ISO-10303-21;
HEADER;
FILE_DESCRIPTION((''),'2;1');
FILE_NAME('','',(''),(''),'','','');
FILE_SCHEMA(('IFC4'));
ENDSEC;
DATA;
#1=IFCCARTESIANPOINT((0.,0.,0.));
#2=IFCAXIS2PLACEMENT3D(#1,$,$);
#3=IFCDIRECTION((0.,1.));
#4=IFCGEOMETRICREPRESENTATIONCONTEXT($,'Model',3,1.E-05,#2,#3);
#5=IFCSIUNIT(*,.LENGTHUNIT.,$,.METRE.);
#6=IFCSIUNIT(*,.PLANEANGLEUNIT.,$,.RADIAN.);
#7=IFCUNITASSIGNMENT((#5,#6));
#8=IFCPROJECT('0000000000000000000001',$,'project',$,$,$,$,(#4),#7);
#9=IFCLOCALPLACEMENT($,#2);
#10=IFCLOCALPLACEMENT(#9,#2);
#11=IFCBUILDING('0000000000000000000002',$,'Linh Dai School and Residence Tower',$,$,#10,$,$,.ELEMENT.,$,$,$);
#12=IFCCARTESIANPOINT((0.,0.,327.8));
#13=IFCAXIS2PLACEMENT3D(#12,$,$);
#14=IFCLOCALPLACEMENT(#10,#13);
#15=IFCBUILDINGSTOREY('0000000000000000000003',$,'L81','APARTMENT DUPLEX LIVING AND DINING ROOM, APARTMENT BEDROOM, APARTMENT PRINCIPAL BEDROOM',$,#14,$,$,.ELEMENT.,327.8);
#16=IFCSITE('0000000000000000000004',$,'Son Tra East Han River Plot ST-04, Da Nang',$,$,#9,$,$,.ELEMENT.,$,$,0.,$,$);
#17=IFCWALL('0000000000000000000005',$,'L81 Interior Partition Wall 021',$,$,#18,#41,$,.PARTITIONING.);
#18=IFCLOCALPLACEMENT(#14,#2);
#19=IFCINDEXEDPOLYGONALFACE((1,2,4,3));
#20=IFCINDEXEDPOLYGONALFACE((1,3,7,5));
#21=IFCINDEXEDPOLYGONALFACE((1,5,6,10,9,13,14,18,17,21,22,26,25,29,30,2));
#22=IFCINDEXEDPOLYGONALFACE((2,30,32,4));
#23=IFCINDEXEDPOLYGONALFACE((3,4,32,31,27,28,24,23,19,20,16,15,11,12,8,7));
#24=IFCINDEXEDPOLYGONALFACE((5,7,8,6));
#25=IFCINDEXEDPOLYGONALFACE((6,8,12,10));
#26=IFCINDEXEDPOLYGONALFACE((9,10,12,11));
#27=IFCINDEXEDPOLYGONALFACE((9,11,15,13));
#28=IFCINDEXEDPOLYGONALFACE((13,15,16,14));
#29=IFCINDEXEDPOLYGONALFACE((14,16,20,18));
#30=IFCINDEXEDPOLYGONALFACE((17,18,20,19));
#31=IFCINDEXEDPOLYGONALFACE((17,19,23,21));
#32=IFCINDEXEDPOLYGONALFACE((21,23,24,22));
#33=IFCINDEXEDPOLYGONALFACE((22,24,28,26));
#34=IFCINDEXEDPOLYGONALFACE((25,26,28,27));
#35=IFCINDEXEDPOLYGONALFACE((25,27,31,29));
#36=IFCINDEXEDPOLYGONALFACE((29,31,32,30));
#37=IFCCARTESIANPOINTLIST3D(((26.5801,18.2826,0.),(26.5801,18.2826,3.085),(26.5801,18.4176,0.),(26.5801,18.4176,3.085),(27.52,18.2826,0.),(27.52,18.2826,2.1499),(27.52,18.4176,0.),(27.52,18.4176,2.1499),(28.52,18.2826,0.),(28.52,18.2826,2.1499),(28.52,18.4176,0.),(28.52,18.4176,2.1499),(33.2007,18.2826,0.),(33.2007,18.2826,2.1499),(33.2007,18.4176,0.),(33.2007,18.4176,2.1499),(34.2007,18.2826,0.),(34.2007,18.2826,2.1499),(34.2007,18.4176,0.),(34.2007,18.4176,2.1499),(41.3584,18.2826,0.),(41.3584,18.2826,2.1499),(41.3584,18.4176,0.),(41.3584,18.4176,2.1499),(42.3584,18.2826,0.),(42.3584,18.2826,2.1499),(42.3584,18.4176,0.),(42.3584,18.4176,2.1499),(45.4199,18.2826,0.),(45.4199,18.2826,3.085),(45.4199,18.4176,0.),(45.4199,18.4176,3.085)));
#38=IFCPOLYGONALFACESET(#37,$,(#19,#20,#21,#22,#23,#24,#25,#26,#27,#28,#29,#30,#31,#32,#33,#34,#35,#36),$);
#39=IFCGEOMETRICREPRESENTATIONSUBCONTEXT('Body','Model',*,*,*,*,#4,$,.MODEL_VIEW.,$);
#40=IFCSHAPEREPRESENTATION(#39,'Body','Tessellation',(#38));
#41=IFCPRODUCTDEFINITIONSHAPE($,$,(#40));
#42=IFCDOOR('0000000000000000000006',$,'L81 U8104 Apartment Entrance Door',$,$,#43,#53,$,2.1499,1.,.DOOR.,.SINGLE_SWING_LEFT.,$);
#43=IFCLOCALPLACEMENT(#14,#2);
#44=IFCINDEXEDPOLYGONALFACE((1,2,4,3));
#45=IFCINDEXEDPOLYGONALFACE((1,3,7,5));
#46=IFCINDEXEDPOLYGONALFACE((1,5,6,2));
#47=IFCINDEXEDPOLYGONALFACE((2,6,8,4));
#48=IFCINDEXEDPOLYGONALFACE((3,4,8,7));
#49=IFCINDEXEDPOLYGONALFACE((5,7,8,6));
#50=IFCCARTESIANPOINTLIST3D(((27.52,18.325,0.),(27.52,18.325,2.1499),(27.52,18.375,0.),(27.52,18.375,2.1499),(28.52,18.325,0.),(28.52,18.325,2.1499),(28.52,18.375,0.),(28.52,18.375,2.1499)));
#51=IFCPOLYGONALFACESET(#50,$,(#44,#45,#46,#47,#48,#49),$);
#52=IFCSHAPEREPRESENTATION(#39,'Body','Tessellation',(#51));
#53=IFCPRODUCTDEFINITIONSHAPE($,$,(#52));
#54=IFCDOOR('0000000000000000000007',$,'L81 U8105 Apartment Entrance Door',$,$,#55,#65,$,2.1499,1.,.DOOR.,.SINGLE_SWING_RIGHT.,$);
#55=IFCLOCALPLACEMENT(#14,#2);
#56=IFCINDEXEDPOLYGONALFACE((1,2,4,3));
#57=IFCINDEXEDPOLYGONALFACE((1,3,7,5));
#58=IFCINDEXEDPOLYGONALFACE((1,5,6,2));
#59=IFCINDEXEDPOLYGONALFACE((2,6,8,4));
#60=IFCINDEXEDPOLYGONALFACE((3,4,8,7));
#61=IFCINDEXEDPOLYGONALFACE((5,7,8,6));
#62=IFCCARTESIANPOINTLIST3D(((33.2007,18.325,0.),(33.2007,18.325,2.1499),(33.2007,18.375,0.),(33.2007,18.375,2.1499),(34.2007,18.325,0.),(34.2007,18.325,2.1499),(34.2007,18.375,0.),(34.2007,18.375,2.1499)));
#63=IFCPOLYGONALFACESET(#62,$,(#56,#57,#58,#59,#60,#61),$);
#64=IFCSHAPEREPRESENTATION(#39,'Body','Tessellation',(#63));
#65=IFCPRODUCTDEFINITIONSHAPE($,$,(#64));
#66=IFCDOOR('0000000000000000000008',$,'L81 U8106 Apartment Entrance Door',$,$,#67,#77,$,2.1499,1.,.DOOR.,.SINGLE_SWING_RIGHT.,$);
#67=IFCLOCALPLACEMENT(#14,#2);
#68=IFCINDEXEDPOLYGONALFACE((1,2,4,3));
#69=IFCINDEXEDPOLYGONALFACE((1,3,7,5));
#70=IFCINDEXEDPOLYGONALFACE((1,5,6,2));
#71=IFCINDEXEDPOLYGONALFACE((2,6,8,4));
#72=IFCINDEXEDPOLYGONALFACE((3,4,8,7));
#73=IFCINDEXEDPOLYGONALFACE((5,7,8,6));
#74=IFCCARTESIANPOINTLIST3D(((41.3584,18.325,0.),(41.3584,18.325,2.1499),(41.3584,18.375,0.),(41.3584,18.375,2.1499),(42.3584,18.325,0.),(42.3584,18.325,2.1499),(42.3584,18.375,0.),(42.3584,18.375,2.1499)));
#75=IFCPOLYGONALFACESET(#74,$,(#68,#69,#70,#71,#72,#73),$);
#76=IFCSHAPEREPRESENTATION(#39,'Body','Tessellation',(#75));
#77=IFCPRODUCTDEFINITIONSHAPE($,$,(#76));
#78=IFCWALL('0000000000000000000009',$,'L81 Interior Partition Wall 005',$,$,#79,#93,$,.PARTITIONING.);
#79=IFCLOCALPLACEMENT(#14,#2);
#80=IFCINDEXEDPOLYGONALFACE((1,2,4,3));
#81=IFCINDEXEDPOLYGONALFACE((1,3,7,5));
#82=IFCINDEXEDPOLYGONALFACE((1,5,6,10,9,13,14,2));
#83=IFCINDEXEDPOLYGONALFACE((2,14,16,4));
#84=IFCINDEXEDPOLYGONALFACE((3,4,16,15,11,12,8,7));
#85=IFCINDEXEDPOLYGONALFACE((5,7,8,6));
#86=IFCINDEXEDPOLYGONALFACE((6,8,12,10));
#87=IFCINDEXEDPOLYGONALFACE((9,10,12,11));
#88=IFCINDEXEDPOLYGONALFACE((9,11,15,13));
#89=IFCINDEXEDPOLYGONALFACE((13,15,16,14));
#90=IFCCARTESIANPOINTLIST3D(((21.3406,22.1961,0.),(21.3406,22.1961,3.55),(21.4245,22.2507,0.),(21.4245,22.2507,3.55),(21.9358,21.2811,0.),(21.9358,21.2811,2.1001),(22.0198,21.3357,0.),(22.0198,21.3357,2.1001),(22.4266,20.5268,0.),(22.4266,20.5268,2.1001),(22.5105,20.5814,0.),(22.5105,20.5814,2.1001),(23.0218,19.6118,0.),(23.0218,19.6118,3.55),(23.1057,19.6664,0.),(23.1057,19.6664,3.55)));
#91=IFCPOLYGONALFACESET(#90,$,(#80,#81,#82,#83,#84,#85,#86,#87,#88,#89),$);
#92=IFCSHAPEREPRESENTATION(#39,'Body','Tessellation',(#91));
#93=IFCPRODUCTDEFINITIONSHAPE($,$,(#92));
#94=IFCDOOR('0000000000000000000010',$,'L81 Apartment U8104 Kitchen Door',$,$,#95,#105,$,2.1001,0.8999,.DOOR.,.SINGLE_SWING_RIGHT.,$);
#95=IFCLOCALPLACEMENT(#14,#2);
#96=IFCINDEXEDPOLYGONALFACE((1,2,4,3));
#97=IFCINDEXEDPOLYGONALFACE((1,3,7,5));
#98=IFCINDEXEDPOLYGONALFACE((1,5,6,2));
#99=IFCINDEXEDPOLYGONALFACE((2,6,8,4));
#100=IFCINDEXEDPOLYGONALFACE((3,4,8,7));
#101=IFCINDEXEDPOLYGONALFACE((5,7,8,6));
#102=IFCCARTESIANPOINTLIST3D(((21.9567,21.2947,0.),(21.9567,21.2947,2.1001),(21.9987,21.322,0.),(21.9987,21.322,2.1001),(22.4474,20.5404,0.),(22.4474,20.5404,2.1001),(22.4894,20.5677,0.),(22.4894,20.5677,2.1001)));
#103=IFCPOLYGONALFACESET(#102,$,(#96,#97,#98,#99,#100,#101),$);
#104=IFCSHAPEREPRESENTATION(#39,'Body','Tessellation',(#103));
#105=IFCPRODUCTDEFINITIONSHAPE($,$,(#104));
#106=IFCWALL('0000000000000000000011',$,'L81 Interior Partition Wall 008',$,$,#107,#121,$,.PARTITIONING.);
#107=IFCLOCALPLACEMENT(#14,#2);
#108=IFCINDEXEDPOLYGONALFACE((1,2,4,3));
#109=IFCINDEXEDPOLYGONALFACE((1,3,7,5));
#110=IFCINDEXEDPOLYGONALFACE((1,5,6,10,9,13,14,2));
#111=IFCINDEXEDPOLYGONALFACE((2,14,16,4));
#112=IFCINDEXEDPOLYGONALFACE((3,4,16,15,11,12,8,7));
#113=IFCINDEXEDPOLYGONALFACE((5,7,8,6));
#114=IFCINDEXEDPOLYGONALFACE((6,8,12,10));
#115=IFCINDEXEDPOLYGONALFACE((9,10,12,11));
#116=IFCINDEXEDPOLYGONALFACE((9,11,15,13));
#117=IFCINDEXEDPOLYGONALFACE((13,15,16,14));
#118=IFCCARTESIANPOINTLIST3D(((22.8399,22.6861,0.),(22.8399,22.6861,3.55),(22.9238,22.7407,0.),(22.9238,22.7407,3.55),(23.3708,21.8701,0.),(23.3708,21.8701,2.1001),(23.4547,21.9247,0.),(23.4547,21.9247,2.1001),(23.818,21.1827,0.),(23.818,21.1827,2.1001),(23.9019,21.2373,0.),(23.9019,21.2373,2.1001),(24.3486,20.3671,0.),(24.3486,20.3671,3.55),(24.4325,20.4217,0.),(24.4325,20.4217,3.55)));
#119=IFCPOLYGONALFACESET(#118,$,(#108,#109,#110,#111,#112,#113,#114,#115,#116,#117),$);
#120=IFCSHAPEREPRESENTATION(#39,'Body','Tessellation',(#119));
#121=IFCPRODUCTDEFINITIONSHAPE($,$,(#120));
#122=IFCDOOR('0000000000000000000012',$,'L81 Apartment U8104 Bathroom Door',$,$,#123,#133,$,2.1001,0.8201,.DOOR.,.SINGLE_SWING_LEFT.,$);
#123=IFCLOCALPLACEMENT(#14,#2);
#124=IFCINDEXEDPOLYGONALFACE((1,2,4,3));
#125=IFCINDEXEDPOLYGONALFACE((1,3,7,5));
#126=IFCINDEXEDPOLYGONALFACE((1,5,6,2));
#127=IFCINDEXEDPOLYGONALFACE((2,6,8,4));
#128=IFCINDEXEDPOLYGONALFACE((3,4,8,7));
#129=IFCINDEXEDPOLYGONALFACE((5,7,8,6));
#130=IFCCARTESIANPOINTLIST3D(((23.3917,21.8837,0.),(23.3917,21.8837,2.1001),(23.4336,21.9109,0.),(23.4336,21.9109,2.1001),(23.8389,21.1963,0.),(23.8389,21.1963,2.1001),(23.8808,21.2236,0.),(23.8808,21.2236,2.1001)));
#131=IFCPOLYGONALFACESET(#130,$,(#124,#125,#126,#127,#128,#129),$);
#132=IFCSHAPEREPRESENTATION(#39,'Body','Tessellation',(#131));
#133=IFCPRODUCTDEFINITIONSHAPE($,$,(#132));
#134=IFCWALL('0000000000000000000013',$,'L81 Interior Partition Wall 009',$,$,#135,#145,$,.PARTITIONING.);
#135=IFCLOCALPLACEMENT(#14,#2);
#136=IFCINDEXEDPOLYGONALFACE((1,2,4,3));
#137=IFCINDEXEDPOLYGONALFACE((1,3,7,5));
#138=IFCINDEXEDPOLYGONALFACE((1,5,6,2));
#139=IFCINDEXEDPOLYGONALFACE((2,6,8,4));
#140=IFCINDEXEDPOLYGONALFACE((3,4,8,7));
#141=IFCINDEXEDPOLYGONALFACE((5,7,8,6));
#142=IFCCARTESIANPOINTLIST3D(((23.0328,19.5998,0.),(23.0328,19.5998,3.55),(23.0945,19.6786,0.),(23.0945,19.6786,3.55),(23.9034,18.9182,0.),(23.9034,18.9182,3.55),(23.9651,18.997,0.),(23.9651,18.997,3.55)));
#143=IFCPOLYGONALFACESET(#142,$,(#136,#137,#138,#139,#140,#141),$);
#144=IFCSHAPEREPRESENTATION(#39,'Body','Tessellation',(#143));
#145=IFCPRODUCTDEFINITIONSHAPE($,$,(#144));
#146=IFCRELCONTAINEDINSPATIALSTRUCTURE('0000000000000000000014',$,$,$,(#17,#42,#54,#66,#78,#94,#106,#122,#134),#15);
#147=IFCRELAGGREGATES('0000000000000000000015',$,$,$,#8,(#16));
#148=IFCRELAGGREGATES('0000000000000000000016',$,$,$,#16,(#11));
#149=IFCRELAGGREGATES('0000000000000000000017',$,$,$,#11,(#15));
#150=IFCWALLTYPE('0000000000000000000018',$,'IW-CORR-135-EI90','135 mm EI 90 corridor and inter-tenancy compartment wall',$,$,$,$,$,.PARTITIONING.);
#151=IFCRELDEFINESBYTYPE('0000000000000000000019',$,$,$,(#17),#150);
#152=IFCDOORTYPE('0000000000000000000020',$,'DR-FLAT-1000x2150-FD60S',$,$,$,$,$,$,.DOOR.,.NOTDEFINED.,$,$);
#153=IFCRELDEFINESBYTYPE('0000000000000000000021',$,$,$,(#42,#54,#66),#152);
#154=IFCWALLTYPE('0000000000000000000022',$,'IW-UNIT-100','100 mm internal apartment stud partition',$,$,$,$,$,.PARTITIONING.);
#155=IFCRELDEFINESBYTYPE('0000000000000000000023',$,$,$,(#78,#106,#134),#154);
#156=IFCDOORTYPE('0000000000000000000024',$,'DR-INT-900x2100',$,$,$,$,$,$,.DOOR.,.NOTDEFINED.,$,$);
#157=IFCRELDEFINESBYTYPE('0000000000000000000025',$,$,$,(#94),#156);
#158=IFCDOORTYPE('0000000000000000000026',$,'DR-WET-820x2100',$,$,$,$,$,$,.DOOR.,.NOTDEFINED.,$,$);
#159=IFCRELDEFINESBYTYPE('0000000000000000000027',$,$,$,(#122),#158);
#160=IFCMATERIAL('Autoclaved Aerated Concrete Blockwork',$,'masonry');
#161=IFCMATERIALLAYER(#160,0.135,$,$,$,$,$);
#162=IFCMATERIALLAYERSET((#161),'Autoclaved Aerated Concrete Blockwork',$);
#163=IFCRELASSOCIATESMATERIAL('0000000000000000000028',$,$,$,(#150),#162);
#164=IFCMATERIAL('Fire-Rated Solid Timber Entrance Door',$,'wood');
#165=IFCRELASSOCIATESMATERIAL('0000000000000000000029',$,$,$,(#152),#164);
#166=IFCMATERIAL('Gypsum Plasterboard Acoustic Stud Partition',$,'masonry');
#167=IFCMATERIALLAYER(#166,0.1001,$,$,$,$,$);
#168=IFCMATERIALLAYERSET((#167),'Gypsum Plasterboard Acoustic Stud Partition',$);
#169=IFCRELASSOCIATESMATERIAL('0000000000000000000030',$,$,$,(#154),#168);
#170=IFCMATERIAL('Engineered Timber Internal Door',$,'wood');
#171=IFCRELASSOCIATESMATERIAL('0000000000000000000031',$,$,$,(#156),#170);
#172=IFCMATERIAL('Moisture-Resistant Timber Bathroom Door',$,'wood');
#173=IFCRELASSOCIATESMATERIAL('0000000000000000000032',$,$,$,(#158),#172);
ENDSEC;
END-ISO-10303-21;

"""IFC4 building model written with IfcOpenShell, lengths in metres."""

from ifc_helpers import new_model, si_unit, direction, frame, frame_2d, origin, origin_2d, place, context, subcontext, project, spatial, rectangle, extrude, source, transform, mapped, material, layer, layer_set, type_object, element, fill, save


model = new_model("IFC4")

# Units and contexts
model_context = context("Model", 3, precision=1e-05, world=origin(), true_north=direction((0.0, 1.0)))
body_context = subcontext(model_context, "Body", "Model", "MODEL_VIEW")
ifc_project = project(units=[si_unit("LENGTHUNIT", "METRE"), si_unit("PLANEANGLEUNIT", "RADIAN")], contexts=[model_context])

# Site, building, storey
site_placement = place(None, origin())
site = spatial("IfcSite", under=ifc_project, at=site_placement, Name="Son Tra East Han River Plot ST-04, Da Nang", CompositionType="ELEMENT", RefElevation=0.0)
building_placement = place(site_placement, origin())
building = spatial("IfcBuilding", under=site, at=building_placement, Name="Linh Dai School and Residence Tower", CompositionType="ELEMENT")
storey_placement = place(building_placement, frame((0.0, 0.0, 327.8)))
storey = spatial("IfcBuildingStorey", under=building, at=storey_placement, Name="L81", Description="APARTMENT DUPLEX LIVING AND DINING ROOM, APARTMENT BEDROOM, APARTMENT PRINCIPAL BEDROOM", CompositionType="ELEMENT", Elevation=327.8)

# Shared definitions
ifc_material_1 = material(Name="Autoclaved Aerated Concrete Blockwork", Category="masonry")
ifc_layer_1 = layer(ifc_material_1, 0.135)
ifc_layer_set_1 = layer_set([ifc_layer_1], Name="Autoclaved Aerated Concrete Blockwork")
wall_type_1 = type_object("IfcWallType", Name="IW-CORR-135-EI90", Description="135 mm EI 90 corridor and inter-tenancy compartment wall", PredefinedType="PARTITIONING", material=ifc_layer_set_1)

# Wall, openings, doors
wall_1_placement = place(storey_placement, frame((26.5801, 18.3501, 0.0), z_axis=(0.0, 0.0, 1.0), x_axis=(1.0, 0.0, 0.0)))
wall_1 = element("IfcWall", 1, at=wall_1_placement, inside=storey, type_object=wall_type_1, Name="L81 Interior Partition Wall 021", PredefinedType="PARTITIONING", context=body_context, shape_type="SweptSolid", body=[
    extrude(rectangle(XDim=18.8398, YDim=0.135, at=frame_2d((9.4199, 0.0))), origin(), (0.0, 0.0, 1.0), 3.085),
])
opening_1_placement = place(wall_1_placement, frame((0.9399, 0.0, 0.0)))
opening_1 = element("IfcOpeningElement", 2, at=opening_1_placement, cuts=wall_1, PredefinedType="OPENING", context=body_context, shape_type="SweptSolid", body=[
    extrude(rectangle(XDim=1.0, YDim=2.1499, at=origin_2d()), frame((0.5, 0.0776, 1.075), z_axis=(0.0, -1.0, 0.0), x_axis=(1.0, 0.0, 0.0)), (0.0, 0.0, 1.0), 0.155),
])
opening_2_placement = place(wall_1_placement, frame((6.6206, 0.0, 0.0)))
opening_2 = element("IfcOpeningElement", 3, at=opening_2_placement, cuts=wall_1, PredefinedType="OPENING", context=body_context, shape_type="SweptSolid", body=[
    extrude(rectangle(XDim=1.0, YDim=2.1499, at=origin_2d()), frame((0.5, 0.0776, 1.075), z_axis=(0.0, -1.0, 0.0), x_axis=(1.0, 0.0, 0.0)), (0.0, 0.0, 1.0), 0.155),
])
opening_3_placement = place(wall_1_placement, frame((14.7783, 0.0, 0.0)))
opening_3 = element("IfcOpeningElement", 4, at=opening_3_placement, cuts=wall_1, PredefinedType="OPENING", context=body_context, shape_type="SweptSolid", body=[
    extrude(rectangle(XDim=1.0, YDim=2.1499, at=origin_2d()), frame((0.5, 0.0776, 1.075), z_axis=(0.0, -1.0, 0.0), x_axis=(1.0, 0.0, 0.0)), (0.0, 0.0, 1.0), 0.155),
])
ifc_material_2 = material(Name="Fire-Rated Solid Timber Entrance Door", Category="wood")
door_type_1 = type_object("IfcDoorType", Name="DR-FLAT-1000x2150-FD60S", OperationType="NOTDEFINED", PredefinedType="DOOR", material=ifc_material_2)
shared_shape_1 = source(origin(), body_context, "Body", "SweptSolid", [
    extrude(rectangle(XDim=1.0, YDim=2.1499, at=origin_2d()), frame((0.5, 0.0249, 1.075), z_axis=(0.0, -1.0, 0.0), x_axis=(1.0, 0.0, 0.0)), (0.0, 0.0, 1.0), 0.05),
])
door_1_placement = place(opening_1_placement, origin())
door_1 = element("IfcDoor", 5, at=door_1_placement, inside=storey, type_object=door_type_1, Name="L81 U8104 Apartment Entrance Door", OperationType="SINGLE_SWING_LEFT", OverallHeight=2.1499, OverallWidth=1.0, PredefinedType="DOOR", context=body_context, shape_type="MappedRepresentation", body=[
    mapped(shared_shape_1, transform((0.0, 0.0, 0.0), x_axis=(1.0, 0.0, 0.0), y_axis=(0.0, 1.0, 0.0), z_axis=(0.0, 0.0, 1.0), scale=1.0)),
])
fill(opening_1, door_1)
door_2_placement = place(opening_2_placement, origin())
door_2 = element("IfcDoor", 6, at=door_2_placement, inside=storey, type_object=door_type_1, Name="L81 U8105 Apartment Entrance Door", OperationType="SINGLE_SWING_RIGHT", OverallHeight=2.1499, OverallWidth=1.0, PredefinedType="DOOR", context=body_context, shape_type="MappedRepresentation", body=[
    mapped(shared_shape_1, transform((0.0, 0.0, 0.0), x_axis=(1.0, 0.0, 0.0), y_axis=(0.0, 1.0, 0.0), z_axis=(0.0, 0.0, 1.0), scale=1.0)),
])
fill(opening_2, door_2)
door_3_placement = place(opening_3_placement, origin())
door_3 = element("IfcDoor", 7, at=door_3_placement, inside=storey, type_object=door_type_1, Name="L81 U8106 Apartment Entrance Door", OperationType="SINGLE_SWING_RIGHT", OverallHeight=2.1499, OverallWidth=1.0, PredefinedType="DOOR", context=body_context, shape_type="MappedRepresentation", body=[
    mapped(shared_shape_1, transform((0.0, 0.0, 0.0), x_axis=(1.0, 0.0, 0.0), y_axis=(0.0, 1.0, 0.0), z_axis=(0.0, 0.0, 1.0), scale=1.0)),
])
fill(opening_3, door_3)

# Walls, openings, doors
ifc_material_3 = material(Name="Gypsum Plasterboard Acoustic Stud Partition", Category="masonry")
ifc_layer_2 = layer(ifc_material_3, 0.1001)
ifc_layer_set_2 = layer_set([ifc_layer_2], Name="Gypsum Plasterboard Acoustic Stud Partition")
wall_type_2 = type_object("IfcWallType", Name="IW-UNIT-100", Description="100 mm internal apartment stud partition", PredefinedType="PARTITIONING", material=ifc_layer_set_2)
wall_2_placement = place(storey_placement, frame((21.3826, 22.2234, 0.0), z_axis=(0.0, 0.0, 1.0), x_axis=(0.545308, -0.838235, 0.0)))
wall_2 = element("IfcWall", 8, at=wall_2_placement, inside=storey, type_object=wall_type_2, Name="L81 Interior Partition Wall 005", PredefinedType="PARTITIONING", context=body_context, shape_type="SweptSolid", body=[
    extrude(rectangle(XDim=3.083, YDim=0.1001, at=frame_2d((1.5415, 0.0))), origin(), (0.0, 0.0, 1.0), 3.55),
])
opening_4_placement = place(wall_2_placement, frame((1.0916, 0.0, 0.0)))
opening_4 = element("IfcOpeningElement", 9, at=opening_4_placement, cuts=wall_2, PredefinedType="OPENING", context=body_context, shape_type="SweptSolid", body=[
    extrude(rectangle(XDim=0.8999, YDim=2.1001, at=origin_2d()), frame((0.45, 0.0601, 1.05), z_axis=(0.0, -1.0, 0.0), x_axis=(1.0, 0.0, 0.0)), (0.0, 0.0, 1.0), 0.1201),
])
ifc_material_4 = material(Name="Engineered Timber Internal Door", Category="wood")
door_type_2 = type_object("IfcDoorType", Name="DR-INT-900x2100", OperationType="NOTDEFINED", PredefinedType="DOOR", material=ifc_material_4)
shared_shape_2 = source(origin(), body_context, "Body", "SweptSolid", [
    extrude(rectangle(XDim=0.8999, YDim=2.1001, at=origin_2d()), frame((0.45, 0.0249, 1.05), z_axis=(0.0, -1.0, 0.0), x_axis=(1.0, 0.0, 0.0)), (0.0, 0.0, 1.0), 0.05),
])
door_4_placement = place(opening_4_placement, origin())
door_4 = element("IfcDoor", 10, at=door_4_placement, inside=storey, type_object=door_type_2, Name="L81 Apartment U8104 Kitchen Door", OperationType="SINGLE_SWING_RIGHT", OverallHeight=2.1001, OverallWidth=0.8999, PredefinedType="DOOR", context=body_context, shape_type="MappedRepresentation", body=[
    mapped(shared_shape_2, transform((0.0, 0.0, 0.0), x_axis=(1.0, 0.0, 0.0), y_axis=(0.0, 1.0, 0.0), z_axis=(0.0, 0.0, 1.0), scale=1.0)),
])
fill(opening_4, door_4)
wall_3_placement = place(storey_placement, frame((22.8818, 22.7134, 0.0), z_axis=(0.0, 0.0, 1.0), x_axis=(0.545339, -0.838216, 0.0)))
wall_3 = element("IfcWall", 11, at=wall_3_placement, inside=storey, type_object=wall_type_2, Name="L81 Interior Partition Wall 008", PredefinedType="PARTITIONING", context=body_context, shape_type="SweptSolid", body=[
    extrude(rectangle(XDim=2.7666, YDim=0.1001, at=frame_2d((1.3833, 0.0))), origin(), (0.0, 0.0, 1.0), 3.55),
])
opening_5_placement = place(wall_3_placement, frame((0.9734, 0.0, 0.0)))
opening_5 = element("IfcOpeningElement", 12, at=opening_5_placement, cuts=wall_3, PredefinedType="OPENING", context=body_context, shape_type="SweptSolid", body=[
    extrude(rectangle(XDim=0.8201, YDim=2.1001, at=origin_2d()), frame((0.4102, 0.0601, 1.05), z_axis=(0.0, -1.0, 0.0), x_axis=(1.0, 0.0, 0.0)), (0.0, 0.0, 1.0), 0.1201),
])
ifc_material_5 = material(Name="Moisture-Resistant Timber Bathroom Door", Category="wood")
door_type_3 = type_object("IfcDoorType", Name="DR-WET-820x2100", OperationType="NOTDEFINED", PredefinedType="DOOR", material=ifc_material_5)
shared_shape_3 = source(origin(), body_context, "Body", "SweptSolid", [
    extrude(rectangle(XDim=0.8201, YDim=2.1001, at=origin_2d()), frame((0.4102, 0.0249, 1.05), z_axis=(0.0, -1.0, 0.0), x_axis=(1.0, 0.0, 0.0)), (0.0, 0.0, 1.0), 0.05),
])
door_5_placement = place(opening_5_placement, origin())
door_5 = element("IfcDoor", 13, at=door_5_placement, inside=storey, type_object=door_type_3, Name="L81 Apartment U8104 Bathroom Door", OperationType="SINGLE_SWING_LEFT", OverallHeight=2.1001, OverallWidth=0.8201, PredefinedType="DOOR", context=body_context, shape_type="MappedRepresentation", body=[
    mapped(shared_shape_3, transform((0.0, 0.0, 0.0), x_axis=(1.0, 0.0, 0.0), y_axis=(0.0, 1.0, 0.0), z_axis=(0.0, 0.0, 1.0), scale=1.0)),
])
fill(opening_5, door_5)

# Wall
wall_4_placement = place(storey_placement, frame((23.0637, 19.6392, 0.0), z_axis=(0.0, 0.0, 1.0), x_axis=(0.787375, -0.616475, 0.0)))
element("IfcWall", 14, at=wall_4_placement, inside=storey, type_object=wall_type_2, Name="L81 Interior Partition Wall 009", PredefinedType="PARTITIONING", context=body_context, shape_type="SweptSolid", body=[
    extrude(rectangle(XDim=1.1057, YDim=0.1001, at=frame_2d((0.5527, 0.0))), origin(), (0.0, 0.0, 1.0), 3.55),
])

save(model, "model.ifc")
